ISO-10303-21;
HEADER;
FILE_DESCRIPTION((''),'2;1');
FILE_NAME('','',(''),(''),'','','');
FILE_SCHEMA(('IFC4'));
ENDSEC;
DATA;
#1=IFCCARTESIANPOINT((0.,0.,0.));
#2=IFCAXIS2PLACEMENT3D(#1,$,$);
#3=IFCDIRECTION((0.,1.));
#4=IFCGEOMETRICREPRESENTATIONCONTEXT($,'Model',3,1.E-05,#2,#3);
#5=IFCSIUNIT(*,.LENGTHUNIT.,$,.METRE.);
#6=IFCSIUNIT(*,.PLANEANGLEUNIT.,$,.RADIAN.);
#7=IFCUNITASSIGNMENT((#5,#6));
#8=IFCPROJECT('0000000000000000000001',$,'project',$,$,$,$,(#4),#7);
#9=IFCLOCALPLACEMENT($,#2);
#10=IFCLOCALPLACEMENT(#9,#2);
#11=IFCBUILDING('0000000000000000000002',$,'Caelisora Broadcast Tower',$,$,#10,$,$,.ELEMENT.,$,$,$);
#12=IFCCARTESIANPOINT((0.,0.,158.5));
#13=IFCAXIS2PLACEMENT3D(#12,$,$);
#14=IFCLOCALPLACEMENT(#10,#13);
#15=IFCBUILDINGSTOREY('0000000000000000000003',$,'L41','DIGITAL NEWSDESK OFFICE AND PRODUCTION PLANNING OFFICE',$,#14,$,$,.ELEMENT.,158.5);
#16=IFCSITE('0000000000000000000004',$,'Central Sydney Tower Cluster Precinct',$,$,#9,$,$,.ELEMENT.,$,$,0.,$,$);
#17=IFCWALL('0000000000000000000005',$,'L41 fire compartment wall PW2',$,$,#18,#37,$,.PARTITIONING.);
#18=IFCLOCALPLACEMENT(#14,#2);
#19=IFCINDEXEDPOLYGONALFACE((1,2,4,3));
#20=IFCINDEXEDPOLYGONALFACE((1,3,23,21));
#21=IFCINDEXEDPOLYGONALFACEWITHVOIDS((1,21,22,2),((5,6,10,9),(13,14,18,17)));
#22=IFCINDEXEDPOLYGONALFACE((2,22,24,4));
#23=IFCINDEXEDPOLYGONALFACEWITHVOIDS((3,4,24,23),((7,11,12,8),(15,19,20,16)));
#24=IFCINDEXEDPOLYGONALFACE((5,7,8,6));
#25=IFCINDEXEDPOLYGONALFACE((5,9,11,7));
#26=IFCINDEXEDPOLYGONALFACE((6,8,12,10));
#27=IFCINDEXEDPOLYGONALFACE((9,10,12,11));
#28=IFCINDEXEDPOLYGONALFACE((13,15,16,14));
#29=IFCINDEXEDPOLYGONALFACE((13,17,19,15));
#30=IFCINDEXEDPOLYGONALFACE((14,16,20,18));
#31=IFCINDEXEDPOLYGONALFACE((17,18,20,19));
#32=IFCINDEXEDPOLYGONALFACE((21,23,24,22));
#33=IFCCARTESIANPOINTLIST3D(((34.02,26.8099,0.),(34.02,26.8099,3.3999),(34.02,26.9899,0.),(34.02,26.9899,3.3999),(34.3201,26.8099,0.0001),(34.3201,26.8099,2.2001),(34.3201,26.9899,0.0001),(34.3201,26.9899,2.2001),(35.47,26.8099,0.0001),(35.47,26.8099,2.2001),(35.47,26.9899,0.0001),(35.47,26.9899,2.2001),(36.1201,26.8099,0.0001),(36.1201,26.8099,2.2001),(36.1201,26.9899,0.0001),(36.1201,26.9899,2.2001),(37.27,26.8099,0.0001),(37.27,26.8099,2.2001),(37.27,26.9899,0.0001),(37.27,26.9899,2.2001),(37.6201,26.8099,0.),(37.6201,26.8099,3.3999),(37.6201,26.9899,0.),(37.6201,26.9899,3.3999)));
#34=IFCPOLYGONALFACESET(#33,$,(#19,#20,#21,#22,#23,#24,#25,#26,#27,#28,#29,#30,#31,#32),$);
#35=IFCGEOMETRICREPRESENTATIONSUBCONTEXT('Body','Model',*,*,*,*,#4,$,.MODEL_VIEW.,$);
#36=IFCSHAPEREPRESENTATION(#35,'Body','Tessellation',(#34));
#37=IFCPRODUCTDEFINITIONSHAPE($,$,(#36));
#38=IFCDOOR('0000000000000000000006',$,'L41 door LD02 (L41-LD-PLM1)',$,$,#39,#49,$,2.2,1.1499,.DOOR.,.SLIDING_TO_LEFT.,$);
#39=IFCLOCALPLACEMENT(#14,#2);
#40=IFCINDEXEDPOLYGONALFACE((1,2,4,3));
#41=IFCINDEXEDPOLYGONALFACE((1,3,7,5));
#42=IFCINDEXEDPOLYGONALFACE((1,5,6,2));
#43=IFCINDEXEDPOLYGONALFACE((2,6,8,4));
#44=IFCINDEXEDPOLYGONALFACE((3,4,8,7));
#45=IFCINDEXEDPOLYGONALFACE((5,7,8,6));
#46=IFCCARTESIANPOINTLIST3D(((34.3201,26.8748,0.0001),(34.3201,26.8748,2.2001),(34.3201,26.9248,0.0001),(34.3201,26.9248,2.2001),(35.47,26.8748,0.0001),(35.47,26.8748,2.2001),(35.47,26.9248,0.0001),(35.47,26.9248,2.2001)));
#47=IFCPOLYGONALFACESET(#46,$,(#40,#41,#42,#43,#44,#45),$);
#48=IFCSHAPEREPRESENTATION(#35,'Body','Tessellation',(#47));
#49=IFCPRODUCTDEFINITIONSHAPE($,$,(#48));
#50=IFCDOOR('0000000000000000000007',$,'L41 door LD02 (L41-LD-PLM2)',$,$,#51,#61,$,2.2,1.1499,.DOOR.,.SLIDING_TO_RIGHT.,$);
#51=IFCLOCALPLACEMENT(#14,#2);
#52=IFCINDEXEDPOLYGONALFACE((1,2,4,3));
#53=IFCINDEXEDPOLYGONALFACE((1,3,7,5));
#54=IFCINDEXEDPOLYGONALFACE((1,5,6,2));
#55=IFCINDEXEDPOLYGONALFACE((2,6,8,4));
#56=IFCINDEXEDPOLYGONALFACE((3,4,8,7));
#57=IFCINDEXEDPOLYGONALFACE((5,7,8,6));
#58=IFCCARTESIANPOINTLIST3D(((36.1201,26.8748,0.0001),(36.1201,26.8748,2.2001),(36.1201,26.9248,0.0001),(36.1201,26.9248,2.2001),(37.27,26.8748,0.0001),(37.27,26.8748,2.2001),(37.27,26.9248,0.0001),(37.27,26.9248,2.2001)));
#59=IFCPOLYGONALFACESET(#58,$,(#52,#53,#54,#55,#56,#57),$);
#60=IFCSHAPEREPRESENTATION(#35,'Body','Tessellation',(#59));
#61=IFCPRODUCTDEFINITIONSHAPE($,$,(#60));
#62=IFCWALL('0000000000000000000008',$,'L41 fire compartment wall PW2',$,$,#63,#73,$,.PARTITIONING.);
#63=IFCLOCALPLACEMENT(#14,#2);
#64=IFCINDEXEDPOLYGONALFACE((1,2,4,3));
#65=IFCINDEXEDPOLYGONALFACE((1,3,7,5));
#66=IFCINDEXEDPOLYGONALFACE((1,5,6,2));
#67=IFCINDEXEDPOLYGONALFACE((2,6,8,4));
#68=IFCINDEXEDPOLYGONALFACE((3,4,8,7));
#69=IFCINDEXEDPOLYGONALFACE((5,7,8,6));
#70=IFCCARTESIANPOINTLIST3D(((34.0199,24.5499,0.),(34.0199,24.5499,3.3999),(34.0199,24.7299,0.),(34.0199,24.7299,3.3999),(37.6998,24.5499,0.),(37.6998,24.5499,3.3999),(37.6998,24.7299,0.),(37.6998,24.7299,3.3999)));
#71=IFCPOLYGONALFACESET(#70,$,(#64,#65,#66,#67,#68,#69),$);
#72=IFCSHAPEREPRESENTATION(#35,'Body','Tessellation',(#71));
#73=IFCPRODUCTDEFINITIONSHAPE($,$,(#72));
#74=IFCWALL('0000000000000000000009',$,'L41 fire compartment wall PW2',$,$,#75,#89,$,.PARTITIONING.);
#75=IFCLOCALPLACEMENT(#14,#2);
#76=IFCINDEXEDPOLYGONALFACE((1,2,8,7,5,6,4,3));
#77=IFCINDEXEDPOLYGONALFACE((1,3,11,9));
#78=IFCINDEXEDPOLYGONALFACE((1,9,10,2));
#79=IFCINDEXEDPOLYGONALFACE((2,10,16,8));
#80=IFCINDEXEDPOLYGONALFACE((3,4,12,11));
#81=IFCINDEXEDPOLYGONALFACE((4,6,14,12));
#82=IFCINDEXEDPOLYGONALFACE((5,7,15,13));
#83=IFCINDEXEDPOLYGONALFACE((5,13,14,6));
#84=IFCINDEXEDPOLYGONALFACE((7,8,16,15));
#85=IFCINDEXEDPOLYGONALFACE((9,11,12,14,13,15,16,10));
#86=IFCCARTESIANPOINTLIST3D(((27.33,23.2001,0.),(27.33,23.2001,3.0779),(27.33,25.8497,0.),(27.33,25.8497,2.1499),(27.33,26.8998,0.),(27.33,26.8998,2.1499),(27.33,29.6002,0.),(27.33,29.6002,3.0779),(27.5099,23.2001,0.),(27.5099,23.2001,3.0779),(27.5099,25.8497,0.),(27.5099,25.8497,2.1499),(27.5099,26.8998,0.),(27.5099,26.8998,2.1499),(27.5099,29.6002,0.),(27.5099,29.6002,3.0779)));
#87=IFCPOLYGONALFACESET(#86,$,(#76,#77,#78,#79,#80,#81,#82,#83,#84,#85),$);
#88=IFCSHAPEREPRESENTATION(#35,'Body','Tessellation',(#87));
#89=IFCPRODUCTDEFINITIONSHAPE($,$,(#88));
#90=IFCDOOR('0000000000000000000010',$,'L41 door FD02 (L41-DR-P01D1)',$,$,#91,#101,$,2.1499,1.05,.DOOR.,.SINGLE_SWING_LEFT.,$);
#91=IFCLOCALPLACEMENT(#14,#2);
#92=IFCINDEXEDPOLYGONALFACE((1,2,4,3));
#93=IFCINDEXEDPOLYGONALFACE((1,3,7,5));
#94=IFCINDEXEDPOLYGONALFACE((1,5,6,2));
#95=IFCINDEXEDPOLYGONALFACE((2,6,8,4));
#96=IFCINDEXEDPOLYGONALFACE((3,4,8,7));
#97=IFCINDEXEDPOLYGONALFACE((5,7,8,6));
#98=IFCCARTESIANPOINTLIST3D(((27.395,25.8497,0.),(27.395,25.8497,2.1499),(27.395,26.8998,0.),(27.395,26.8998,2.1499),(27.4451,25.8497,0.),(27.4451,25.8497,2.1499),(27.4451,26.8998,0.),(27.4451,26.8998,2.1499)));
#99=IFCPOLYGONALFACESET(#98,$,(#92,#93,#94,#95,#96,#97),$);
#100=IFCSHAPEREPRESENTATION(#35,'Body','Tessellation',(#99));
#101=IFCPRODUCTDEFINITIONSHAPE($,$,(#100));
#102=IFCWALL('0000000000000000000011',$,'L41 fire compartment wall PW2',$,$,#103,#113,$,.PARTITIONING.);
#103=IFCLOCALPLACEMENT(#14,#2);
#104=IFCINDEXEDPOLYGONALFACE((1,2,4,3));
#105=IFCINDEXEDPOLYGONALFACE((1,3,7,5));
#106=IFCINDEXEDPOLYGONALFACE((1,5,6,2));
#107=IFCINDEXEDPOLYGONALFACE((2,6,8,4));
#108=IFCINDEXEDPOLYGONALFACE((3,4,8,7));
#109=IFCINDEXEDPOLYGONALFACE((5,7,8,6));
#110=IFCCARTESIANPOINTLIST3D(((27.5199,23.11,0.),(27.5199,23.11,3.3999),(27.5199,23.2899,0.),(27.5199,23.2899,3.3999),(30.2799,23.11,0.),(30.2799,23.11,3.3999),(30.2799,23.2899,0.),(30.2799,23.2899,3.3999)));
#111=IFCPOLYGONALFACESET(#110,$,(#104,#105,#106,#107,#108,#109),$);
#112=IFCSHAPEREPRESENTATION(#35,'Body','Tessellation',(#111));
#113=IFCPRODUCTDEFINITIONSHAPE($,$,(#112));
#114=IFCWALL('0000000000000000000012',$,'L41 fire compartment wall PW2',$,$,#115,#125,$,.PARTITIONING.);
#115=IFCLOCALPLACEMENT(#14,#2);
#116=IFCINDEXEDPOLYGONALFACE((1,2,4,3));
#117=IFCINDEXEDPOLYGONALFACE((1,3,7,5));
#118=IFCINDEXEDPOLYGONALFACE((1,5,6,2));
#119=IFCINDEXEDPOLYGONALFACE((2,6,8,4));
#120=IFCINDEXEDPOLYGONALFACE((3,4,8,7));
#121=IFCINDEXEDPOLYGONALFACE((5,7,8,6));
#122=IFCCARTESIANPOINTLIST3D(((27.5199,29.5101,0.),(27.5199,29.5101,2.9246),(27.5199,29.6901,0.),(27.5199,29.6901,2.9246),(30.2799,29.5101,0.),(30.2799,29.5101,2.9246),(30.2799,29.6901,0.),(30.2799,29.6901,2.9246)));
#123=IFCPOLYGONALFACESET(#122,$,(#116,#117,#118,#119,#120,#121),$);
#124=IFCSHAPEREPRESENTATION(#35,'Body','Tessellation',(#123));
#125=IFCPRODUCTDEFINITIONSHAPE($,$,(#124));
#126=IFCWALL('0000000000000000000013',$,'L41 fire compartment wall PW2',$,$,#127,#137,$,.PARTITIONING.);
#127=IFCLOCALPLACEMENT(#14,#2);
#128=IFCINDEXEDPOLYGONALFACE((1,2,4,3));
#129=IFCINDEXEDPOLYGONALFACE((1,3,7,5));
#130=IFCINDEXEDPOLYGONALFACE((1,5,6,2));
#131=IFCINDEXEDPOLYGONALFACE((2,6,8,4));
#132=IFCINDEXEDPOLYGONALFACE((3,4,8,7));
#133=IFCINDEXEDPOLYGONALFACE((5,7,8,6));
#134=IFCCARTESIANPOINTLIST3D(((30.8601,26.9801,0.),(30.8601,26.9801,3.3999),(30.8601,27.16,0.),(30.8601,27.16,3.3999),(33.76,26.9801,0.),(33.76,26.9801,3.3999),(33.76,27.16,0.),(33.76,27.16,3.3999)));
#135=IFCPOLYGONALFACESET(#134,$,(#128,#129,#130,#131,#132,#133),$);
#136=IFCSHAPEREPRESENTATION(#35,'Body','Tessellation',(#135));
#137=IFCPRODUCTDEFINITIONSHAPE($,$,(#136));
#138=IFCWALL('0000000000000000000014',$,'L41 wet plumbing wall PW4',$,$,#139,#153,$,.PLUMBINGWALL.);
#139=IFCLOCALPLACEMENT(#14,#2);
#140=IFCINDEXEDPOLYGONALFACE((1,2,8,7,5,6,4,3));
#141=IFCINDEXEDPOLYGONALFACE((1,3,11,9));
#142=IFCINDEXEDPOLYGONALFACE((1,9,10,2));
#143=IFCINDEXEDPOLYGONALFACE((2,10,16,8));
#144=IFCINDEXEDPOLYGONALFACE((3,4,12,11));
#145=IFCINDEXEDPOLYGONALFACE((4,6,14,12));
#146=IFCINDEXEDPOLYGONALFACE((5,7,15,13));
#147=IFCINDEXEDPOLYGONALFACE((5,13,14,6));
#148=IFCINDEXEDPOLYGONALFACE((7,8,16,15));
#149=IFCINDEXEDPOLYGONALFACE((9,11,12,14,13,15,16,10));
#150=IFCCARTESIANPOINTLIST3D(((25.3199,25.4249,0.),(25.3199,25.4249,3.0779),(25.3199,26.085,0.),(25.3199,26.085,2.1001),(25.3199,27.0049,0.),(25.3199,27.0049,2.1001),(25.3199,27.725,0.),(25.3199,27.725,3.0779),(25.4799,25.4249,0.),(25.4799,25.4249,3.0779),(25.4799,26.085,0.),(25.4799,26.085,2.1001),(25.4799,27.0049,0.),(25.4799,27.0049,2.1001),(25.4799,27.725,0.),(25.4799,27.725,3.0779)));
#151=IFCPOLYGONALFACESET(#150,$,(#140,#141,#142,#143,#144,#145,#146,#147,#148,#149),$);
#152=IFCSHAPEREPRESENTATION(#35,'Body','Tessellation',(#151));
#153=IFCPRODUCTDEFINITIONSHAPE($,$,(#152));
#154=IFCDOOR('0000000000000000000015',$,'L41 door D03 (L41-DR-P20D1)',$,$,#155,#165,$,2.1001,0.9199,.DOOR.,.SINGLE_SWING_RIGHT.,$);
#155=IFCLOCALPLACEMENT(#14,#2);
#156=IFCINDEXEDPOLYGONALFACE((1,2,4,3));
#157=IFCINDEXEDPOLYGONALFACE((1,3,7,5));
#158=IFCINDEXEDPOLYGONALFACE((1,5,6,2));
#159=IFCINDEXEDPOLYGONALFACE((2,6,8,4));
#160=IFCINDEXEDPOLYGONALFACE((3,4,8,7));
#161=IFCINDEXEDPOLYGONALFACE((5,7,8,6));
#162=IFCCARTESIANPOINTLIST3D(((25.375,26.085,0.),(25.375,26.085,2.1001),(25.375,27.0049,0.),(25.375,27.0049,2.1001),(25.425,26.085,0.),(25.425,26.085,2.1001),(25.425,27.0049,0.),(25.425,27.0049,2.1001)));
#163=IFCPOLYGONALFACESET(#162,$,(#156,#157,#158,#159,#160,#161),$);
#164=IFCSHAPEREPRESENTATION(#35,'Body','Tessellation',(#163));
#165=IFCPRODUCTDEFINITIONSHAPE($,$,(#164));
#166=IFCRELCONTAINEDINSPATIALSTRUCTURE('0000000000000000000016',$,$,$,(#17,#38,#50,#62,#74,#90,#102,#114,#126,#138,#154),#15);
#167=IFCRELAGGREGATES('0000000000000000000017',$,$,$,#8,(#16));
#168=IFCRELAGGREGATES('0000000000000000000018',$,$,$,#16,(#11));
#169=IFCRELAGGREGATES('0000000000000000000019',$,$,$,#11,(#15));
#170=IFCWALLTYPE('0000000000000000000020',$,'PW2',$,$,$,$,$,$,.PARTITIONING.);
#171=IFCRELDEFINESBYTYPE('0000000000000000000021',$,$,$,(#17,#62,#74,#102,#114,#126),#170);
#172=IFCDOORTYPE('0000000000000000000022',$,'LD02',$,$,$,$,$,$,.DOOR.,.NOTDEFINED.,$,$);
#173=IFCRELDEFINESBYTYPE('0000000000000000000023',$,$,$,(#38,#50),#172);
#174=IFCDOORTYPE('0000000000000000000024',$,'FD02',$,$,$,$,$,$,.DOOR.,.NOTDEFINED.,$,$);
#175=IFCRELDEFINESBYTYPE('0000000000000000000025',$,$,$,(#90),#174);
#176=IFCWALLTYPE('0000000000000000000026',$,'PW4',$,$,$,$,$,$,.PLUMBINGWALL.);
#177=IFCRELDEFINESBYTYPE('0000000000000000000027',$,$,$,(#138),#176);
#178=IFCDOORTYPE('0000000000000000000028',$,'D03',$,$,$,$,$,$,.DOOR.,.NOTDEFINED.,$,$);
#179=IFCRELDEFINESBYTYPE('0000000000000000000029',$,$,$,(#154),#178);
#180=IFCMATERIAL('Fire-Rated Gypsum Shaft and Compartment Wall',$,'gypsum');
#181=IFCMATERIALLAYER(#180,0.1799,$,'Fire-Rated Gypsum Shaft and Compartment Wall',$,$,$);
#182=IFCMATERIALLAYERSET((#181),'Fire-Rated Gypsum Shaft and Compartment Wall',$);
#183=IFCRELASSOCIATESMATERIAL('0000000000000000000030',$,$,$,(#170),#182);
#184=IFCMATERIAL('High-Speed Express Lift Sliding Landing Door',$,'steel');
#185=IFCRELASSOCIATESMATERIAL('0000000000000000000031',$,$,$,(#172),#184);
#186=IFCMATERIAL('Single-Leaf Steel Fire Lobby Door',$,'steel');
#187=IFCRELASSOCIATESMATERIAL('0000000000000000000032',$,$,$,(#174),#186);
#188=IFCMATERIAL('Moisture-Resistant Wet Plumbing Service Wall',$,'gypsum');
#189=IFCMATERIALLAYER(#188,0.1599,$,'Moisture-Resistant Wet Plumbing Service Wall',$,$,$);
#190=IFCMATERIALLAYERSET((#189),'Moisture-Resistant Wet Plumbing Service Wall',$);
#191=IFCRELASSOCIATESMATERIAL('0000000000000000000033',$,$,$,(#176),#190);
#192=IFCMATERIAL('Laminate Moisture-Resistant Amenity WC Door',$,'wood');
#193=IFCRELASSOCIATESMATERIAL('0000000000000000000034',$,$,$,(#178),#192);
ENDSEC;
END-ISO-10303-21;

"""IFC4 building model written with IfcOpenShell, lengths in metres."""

from ifc_helpers import new_model, si_unit, direction, frame, frame_2d, origin, place, context, subcontext, project, spatial, rectangle, extrude, material, layer, layer_set, type_object, element, fill, save


model = new_model("IFC4")

# Units and contexts
model_context = context("Model", 3, precision=1e-05, world=origin(), true_north=direction((0.0, 1.0)))
body_context = subcontext(model_context, "Body", "Model", "MODEL_VIEW")
ifc_project = project(units=[si_unit("LENGTHUNIT", "METRE"), si_unit("PLANEANGLEUNIT", "RADIAN")], contexts=[model_context])

# Site, building, storey
site_placement = place(None, origin())
site = spatial("IfcSite", under=ifc_project, at=site_placement, Name="Central Sydney Tower Cluster Precinct", CompositionType="ELEMENT", RefElevation=0.0)
building_placement = place(site_placement, origin())
building = spatial("IfcBuilding", under=site, at=building_placement, Name="Caelisora Broadcast Tower", CompositionType="ELEMENT")
storey_placement = place(building_placement, frame((0.0, 0.0, 158.5)))
storey = spatial("IfcBuildingStorey", under=building, at=storey_placement, Name="L41", Description="DIGITAL NEWSDESK OFFICE AND PRODUCTION PLANNING OFFICE", CompositionType="ELEMENT", Elevation=158.5)

# Wall, openings, doors
ifc_material_1 = material(Name="Fire-Rated Gypsum Shaft and Compartment Wall", Category="gypsum")
ifc_layer_1 = layer(ifc_material_1, 0.1799, Name="Fire-Rated Gypsum Shaft and Compartment Wall")
ifc_layer_set_1 = layer_set([ifc_layer_1], Name="Fire-Rated Gypsum Shaft and Compartment Wall")
wall_type_1 = type_object("IfcWallType", Name="PW2", PredefinedType="PARTITIONING", material=ifc_layer_set_1)
wall_1_placement = place(storey_placement, frame((34.02, 26.8999, 0.0), z_axis=(0.0, 0.0, 1.0), x_axis=(1.0, 0.0, 0.0)))
wall_1 = element("IfcWall", 1, at=wall_1_placement, inside=storey, type_object=wall_type_1, Name="L41 fire compartment wall PW2", PredefinedType="PARTITIONING", context=body_context, shape_type="SweptSolid", body=[
    extrude(rectangle(XDim=3.6001, YDim=0.1799, at=frame_2d((1.8, 0.0))), origin(), (0.0, 0.0, 1.0), 3.3999),
])
opening_1_placement = place(wall_1_placement, frame((0.3, 0.0, 0.0)))
opening_1 = element("IfcOpeningElement", 2, at=opening_1_placement, cuts=wall_1, PredefinedType="OPENING", context=body_context, shape_type="SweptSolid", body=[
    extrude(rectangle(XDim=1.1499, YDim=2.2, at=frame_2d((0.575, 1.1001))), frame((0.0, 0.1021, 0.0), z_axis=(0.0, -1.0, 0.0), x_axis=(1.0, 0.0, 0.0)), (0.0, 0.0, 1.0), 0.2039),
])
opening_2_placement = place(wall_1_placement, frame((2.1001, 0.0, 0.0)))
opening_2 = element("IfcOpeningElement", 3, at=opening_2_placement, cuts=wall_1, PredefinedType="OPENING", context=body_context, shape_type="SweptSolid", body=[
    extrude(rectangle(XDim=1.1499, YDim=2.2, at=frame_2d((0.575, 1.1001))), frame((0.0, 0.1021, 0.0), z_axis=(0.0, -1.0, 0.0), x_axis=(1.0, 0.0, 0.0)), (0.0, 0.0, 1.0), 0.2039),
])
ifc_material_2 = material(Name="High-Speed Express Lift Sliding Landing Door", Category="steel")
door_type_1 = type_object("IfcDoorType", Name="LD02", OperationType="NOTDEFINED", PredefinedType="DOOR", material=ifc_material_2)
door_1_placement = place(opening_1_placement, origin())
door_1 = element("IfcDoor", 4, at=door_1_placement, inside=storey, type_object=door_type_1, Name="L41 door LD02 (L41-LD-PLM1)", OperationType="SLIDING_TO_LEFT", OverallHeight=2.2, OverallWidth=1.1499, PredefinedType="DOOR", context=body_context, shape_type="SweptSolid", body=[
    extrude(rectangle(XDim=1.1499, YDim=2.2, at=frame_2d((0.575, 1.1001))), frame((0.0, 0.0249, 0.0), z_axis=(0.0, -1.0, 0.0), x_axis=(1.0, 0.0, 0.0)), (0.0, 0.0, 1.0), 0.05),
])
fill(opening_1, door_1)
door_2_placement = place(opening_2_placement, origin())
door_2 = element("IfcDoor", 5, at=door_2_placement, inside=storey, type_object=door_type_1, Name="L41 door LD02 (L41-LD-PLM2)", OperationType="SLIDING_TO_RIGHT", OverallHeight=2.2, OverallWidth=1.1499, PredefinedType="DOOR", context=body_context, shape_type="SweptSolid", body=[
    extrude(rectangle(XDim=1.1499, YDim=2.2, at=frame_2d((0.575, 1.1001))), frame((0.0, 0.0249, 0.0), z_axis=(0.0, -1.0, 0.0), x_axis=(1.0, 0.0, 0.0)), (0.0, 0.0, 1.0), 0.05),
])
fill(opening_2, door_2)

# Wall
wall_2_placement = place(storey_placement, frame((34.02, 24.6399, 0.0), z_axis=(0.0, 0.0, 1.0), x_axis=(1.0, 0.0, 0.0)))
element("IfcWall", 6, at=wall_2_placement, inside=storey, type_object=wall_type_1, Name="L41 fire compartment wall PW2", PredefinedType="PARTITIONING", context=body_context, shape_type="SweptSolid", body=[
    extrude(rectangle(XDim=3.6799, YDim=0.1799, at=frame_2d((1.8398, 0.0))), origin(), (0.0, 0.0, 1.0), 3.3999),
])

# Wall, opening, door
wall_3_placement = place(storey_placement, frame((27.4199, 23.2, 0.0), z_axis=(0.0, 0.0, 1.0), x_axis=(0.0, 1.0, 0.0)))
wall_3 = element("IfcWall", 7, at=wall_3_placement, inside=storey, type_object=wall_type_1, Name="L41 fire compartment wall PW2", PredefinedType="PARTITIONING", context=body_context, shape_type="SweptSolid", body=[
    extrude(rectangle(XDim=6.4001, YDim=0.1799, at=frame_2d((3.2002, 0.0))), origin(), (0.0, 0.0, 1.0), 3.0779),
])
opening_3_placement = place(wall_3_placement, frame((2.6499, 0.0, 0.0)))
opening_3 = element("IfcOpeningElement", 8, at=opening_3_placement, cuts=wall_3, PredefinedType="OPENING", context=body_context, shape_type="SweptSolid", body=[
    extrude(rectangle(XDim=1.05, YDim=2.1499, at=frame_2d((0.5249, 1.075))), frame((0.0, 0.1021, 0.0), z_axis=(0.0, -1.0, 0.0), x_axis=(1.0, 0.0, 0.0)), (0.0, 0.0, 1.0), 0.2039),
])
ifc_material_3 = material(Name="Single-Leaf Steel Fire Lobby Door", Category="steel")
door_type_2 = type_object("IfcDoorType", Name="FD02", OperationType="NOTDEFINED", PredefinedType="DOOR", material=ifc_material_3)
door_3_placement = place(opening_3_placement, origin())
door_3 = element("IfcDoor", 9, at=door_3_placement, inside=storey, type_object=door_type_2, Name="L41 door FD02 (L41-DR-P01D1)", OperationType="SINGLE_SWING_LEFT", OverallHeight=2.1499, OverallWidth=1.05, PredefinedType="DOOR", context=body_context, shape_type="SweptSolid", body=[
    extrude(rectangle(XDim=1.05, YDim=2.1499, at=frame_2d((0.5249, 1.075))), frame((0.0, 0.0249, 0.0), z_axis=(0.0, -1.0, 0.0), x_axis=(1.0, 0.0, 0.0)), (0.0, 0.0, 1.0), 0.05),
])
fill(opening_3, door_3)

# Walls
wall_4_placement = place(storey_placement, frame((27.52, 23.2, 0.0), z_axis=(0.0, 0.0, 1.0), x_axis=(1.0, 0.0, 0.0)))
element("IfcWall", 10, at=wall_4_placement, inside=storey, type_object=wall_type_1, Name="L41 fire compartment wall PW2", PredefinedType="PARTITIONING", context=body_context, shape_type="SweptSolid", body=[
    extrude(rectangle(XDim=2.76, YDim=0.1799, at=frame_2d((1.3799, 0.0))), origin(), (0.0, 0.0, 1.0), 3.3999),
])
wall_5_placement = place(storey_placement, frame((27.52, 29.6001, 0.0), z_axis=(0.0, 0.0, 1.0), x_axis=(1.0, 0.0, 0.0)))
element("IfcWall", 11, at=wall_5_placement, inside=storey, type_object=wall_type_1, Name="L41 fire compartment wall PW2", PredefinedType="PARTITIONING", context=body_context, shape_type="SweptSolid", body=[
    extrude(rectangle(XDim=2.76, YDim=0.1799, at=frame_2d((1.3799, 0.0))), origin(), (0.0, 0.0, 1.0), 2.9246),
])
wall_6_placement = place(storey_placement, frame((30.8601, 27.0701, 0.0), z_axis=(0.0, 0.0, 1.0), x_axis=(1.0, 0.0, 0.0)))
element("IfcWall", 12, at=wall_6_placement, inside=storey, type_object=wall_type_1, Name="L41 fire compartment wall PW2", PredefinedType="PARTITIONING", context=body_context, shape_type="SweptSolid", body=[
    extrude(rectangle(XDim=2.8999, YDim=0.1799, at=frame_2d((1.45, 0.0))), origin(), (0.0, 0.0, 1.0), 3.3999),
])

# Wall, opening, door
ifc_material_4 = material(Name="Moisture-Resistant Wet Plumbing Service Wall", Category="gypsum")
ifc_layer_2 = layer(ifc_material_4, 0.1599, Name="Moisture-Resistant Wet Plumbing Service Wall")
ifc_layer_set_2 = layer_set([ifc_layer_2], Name="Moisture-Resistant Wet Plumbing Service Wall")
wall_type_2 = type_object("IfcWallType", Name="PW4", PredefinedType="PLUMBINGWALL", material=ifc_layer_set_2)
wall_7_placement = place(storey_placement, frame((25.3999, 25.425, 0.0), z_axis=(0.0, 0.0, 1.0), x_axis=(0.0, 1.0, 0.0)))
wall_7 = element("IfcWall", 13, at=wall_7_placement, inside=storey, type_object=wall_type_2, Name="L41 wet plumbing wall PW4", PredefinedType="PLUMBINGWALL", context=body_context, shape_type="SweptSolid", body=[
    extrude(rectangle(XDim=2.3, YDim=0.1599, at=frame_2d((1.1499, 0.0))), origin(), (0.0, 0.0, 1.0), 3.0779),
])
opening_4_placement = place(wall_7_placement, frame((0.6599, 0.0, 0.0)))
opening_4 = element("IfcOpeningElement", 14, at=opening_4_placement, cuts=wall_7, PredefinedType="OPENING", context=body_context, shape_type="SweptSolid", body=[
    extrude(rectangle(XDim=0.9199, YDim=2.1001, at=frame_2d((0.46, 1.05))), frame((0.0, 0.092, 0.0), z_axis=(0.0, -1.0, 0.0), x_axis=(1.0, 0.0, 0.0)), (0.0, 0.0, 1.0), 0.1838),
])
ifc_material_5 = material(Name="Laminate Moisture-Resistant Amenity WC Door", Category="wood")
door_type_3 = type_object("IfcDoorType", Name="D03", OperationType="NOTDEFINED", PredefinedType="DOOR", material=ifc_material_5)
door_4_placement = place(opening_4_placement, origin())
door_4 = element("IfcDoor", 15, at=door_4_placement, inside=storey, type_object=door_type_3, Name="L41 door D03 (L41-DR-P20D1)", OperationType="SINGLE_SWING_RIGHT", OverallHeight=2.1001, OverallWidth=0.9199, PredefinedType="DOOR", context=body_context, shape_type="SweptSolid", body=[
    extrude(rectangle(XDim=0.9199, YDim=2.1001, at=frame_2d((0.46, 1.05))), frame((0.0, 0.0249, 0.0), z_axis=(0.0, -1.0, 0.0), x_axis=(1.0, 0.0, 0.0)), (0.0, 0.0, 1.0), 0.05),
])
fill(opening_4, door_4)

save(model, "model.ifc")
